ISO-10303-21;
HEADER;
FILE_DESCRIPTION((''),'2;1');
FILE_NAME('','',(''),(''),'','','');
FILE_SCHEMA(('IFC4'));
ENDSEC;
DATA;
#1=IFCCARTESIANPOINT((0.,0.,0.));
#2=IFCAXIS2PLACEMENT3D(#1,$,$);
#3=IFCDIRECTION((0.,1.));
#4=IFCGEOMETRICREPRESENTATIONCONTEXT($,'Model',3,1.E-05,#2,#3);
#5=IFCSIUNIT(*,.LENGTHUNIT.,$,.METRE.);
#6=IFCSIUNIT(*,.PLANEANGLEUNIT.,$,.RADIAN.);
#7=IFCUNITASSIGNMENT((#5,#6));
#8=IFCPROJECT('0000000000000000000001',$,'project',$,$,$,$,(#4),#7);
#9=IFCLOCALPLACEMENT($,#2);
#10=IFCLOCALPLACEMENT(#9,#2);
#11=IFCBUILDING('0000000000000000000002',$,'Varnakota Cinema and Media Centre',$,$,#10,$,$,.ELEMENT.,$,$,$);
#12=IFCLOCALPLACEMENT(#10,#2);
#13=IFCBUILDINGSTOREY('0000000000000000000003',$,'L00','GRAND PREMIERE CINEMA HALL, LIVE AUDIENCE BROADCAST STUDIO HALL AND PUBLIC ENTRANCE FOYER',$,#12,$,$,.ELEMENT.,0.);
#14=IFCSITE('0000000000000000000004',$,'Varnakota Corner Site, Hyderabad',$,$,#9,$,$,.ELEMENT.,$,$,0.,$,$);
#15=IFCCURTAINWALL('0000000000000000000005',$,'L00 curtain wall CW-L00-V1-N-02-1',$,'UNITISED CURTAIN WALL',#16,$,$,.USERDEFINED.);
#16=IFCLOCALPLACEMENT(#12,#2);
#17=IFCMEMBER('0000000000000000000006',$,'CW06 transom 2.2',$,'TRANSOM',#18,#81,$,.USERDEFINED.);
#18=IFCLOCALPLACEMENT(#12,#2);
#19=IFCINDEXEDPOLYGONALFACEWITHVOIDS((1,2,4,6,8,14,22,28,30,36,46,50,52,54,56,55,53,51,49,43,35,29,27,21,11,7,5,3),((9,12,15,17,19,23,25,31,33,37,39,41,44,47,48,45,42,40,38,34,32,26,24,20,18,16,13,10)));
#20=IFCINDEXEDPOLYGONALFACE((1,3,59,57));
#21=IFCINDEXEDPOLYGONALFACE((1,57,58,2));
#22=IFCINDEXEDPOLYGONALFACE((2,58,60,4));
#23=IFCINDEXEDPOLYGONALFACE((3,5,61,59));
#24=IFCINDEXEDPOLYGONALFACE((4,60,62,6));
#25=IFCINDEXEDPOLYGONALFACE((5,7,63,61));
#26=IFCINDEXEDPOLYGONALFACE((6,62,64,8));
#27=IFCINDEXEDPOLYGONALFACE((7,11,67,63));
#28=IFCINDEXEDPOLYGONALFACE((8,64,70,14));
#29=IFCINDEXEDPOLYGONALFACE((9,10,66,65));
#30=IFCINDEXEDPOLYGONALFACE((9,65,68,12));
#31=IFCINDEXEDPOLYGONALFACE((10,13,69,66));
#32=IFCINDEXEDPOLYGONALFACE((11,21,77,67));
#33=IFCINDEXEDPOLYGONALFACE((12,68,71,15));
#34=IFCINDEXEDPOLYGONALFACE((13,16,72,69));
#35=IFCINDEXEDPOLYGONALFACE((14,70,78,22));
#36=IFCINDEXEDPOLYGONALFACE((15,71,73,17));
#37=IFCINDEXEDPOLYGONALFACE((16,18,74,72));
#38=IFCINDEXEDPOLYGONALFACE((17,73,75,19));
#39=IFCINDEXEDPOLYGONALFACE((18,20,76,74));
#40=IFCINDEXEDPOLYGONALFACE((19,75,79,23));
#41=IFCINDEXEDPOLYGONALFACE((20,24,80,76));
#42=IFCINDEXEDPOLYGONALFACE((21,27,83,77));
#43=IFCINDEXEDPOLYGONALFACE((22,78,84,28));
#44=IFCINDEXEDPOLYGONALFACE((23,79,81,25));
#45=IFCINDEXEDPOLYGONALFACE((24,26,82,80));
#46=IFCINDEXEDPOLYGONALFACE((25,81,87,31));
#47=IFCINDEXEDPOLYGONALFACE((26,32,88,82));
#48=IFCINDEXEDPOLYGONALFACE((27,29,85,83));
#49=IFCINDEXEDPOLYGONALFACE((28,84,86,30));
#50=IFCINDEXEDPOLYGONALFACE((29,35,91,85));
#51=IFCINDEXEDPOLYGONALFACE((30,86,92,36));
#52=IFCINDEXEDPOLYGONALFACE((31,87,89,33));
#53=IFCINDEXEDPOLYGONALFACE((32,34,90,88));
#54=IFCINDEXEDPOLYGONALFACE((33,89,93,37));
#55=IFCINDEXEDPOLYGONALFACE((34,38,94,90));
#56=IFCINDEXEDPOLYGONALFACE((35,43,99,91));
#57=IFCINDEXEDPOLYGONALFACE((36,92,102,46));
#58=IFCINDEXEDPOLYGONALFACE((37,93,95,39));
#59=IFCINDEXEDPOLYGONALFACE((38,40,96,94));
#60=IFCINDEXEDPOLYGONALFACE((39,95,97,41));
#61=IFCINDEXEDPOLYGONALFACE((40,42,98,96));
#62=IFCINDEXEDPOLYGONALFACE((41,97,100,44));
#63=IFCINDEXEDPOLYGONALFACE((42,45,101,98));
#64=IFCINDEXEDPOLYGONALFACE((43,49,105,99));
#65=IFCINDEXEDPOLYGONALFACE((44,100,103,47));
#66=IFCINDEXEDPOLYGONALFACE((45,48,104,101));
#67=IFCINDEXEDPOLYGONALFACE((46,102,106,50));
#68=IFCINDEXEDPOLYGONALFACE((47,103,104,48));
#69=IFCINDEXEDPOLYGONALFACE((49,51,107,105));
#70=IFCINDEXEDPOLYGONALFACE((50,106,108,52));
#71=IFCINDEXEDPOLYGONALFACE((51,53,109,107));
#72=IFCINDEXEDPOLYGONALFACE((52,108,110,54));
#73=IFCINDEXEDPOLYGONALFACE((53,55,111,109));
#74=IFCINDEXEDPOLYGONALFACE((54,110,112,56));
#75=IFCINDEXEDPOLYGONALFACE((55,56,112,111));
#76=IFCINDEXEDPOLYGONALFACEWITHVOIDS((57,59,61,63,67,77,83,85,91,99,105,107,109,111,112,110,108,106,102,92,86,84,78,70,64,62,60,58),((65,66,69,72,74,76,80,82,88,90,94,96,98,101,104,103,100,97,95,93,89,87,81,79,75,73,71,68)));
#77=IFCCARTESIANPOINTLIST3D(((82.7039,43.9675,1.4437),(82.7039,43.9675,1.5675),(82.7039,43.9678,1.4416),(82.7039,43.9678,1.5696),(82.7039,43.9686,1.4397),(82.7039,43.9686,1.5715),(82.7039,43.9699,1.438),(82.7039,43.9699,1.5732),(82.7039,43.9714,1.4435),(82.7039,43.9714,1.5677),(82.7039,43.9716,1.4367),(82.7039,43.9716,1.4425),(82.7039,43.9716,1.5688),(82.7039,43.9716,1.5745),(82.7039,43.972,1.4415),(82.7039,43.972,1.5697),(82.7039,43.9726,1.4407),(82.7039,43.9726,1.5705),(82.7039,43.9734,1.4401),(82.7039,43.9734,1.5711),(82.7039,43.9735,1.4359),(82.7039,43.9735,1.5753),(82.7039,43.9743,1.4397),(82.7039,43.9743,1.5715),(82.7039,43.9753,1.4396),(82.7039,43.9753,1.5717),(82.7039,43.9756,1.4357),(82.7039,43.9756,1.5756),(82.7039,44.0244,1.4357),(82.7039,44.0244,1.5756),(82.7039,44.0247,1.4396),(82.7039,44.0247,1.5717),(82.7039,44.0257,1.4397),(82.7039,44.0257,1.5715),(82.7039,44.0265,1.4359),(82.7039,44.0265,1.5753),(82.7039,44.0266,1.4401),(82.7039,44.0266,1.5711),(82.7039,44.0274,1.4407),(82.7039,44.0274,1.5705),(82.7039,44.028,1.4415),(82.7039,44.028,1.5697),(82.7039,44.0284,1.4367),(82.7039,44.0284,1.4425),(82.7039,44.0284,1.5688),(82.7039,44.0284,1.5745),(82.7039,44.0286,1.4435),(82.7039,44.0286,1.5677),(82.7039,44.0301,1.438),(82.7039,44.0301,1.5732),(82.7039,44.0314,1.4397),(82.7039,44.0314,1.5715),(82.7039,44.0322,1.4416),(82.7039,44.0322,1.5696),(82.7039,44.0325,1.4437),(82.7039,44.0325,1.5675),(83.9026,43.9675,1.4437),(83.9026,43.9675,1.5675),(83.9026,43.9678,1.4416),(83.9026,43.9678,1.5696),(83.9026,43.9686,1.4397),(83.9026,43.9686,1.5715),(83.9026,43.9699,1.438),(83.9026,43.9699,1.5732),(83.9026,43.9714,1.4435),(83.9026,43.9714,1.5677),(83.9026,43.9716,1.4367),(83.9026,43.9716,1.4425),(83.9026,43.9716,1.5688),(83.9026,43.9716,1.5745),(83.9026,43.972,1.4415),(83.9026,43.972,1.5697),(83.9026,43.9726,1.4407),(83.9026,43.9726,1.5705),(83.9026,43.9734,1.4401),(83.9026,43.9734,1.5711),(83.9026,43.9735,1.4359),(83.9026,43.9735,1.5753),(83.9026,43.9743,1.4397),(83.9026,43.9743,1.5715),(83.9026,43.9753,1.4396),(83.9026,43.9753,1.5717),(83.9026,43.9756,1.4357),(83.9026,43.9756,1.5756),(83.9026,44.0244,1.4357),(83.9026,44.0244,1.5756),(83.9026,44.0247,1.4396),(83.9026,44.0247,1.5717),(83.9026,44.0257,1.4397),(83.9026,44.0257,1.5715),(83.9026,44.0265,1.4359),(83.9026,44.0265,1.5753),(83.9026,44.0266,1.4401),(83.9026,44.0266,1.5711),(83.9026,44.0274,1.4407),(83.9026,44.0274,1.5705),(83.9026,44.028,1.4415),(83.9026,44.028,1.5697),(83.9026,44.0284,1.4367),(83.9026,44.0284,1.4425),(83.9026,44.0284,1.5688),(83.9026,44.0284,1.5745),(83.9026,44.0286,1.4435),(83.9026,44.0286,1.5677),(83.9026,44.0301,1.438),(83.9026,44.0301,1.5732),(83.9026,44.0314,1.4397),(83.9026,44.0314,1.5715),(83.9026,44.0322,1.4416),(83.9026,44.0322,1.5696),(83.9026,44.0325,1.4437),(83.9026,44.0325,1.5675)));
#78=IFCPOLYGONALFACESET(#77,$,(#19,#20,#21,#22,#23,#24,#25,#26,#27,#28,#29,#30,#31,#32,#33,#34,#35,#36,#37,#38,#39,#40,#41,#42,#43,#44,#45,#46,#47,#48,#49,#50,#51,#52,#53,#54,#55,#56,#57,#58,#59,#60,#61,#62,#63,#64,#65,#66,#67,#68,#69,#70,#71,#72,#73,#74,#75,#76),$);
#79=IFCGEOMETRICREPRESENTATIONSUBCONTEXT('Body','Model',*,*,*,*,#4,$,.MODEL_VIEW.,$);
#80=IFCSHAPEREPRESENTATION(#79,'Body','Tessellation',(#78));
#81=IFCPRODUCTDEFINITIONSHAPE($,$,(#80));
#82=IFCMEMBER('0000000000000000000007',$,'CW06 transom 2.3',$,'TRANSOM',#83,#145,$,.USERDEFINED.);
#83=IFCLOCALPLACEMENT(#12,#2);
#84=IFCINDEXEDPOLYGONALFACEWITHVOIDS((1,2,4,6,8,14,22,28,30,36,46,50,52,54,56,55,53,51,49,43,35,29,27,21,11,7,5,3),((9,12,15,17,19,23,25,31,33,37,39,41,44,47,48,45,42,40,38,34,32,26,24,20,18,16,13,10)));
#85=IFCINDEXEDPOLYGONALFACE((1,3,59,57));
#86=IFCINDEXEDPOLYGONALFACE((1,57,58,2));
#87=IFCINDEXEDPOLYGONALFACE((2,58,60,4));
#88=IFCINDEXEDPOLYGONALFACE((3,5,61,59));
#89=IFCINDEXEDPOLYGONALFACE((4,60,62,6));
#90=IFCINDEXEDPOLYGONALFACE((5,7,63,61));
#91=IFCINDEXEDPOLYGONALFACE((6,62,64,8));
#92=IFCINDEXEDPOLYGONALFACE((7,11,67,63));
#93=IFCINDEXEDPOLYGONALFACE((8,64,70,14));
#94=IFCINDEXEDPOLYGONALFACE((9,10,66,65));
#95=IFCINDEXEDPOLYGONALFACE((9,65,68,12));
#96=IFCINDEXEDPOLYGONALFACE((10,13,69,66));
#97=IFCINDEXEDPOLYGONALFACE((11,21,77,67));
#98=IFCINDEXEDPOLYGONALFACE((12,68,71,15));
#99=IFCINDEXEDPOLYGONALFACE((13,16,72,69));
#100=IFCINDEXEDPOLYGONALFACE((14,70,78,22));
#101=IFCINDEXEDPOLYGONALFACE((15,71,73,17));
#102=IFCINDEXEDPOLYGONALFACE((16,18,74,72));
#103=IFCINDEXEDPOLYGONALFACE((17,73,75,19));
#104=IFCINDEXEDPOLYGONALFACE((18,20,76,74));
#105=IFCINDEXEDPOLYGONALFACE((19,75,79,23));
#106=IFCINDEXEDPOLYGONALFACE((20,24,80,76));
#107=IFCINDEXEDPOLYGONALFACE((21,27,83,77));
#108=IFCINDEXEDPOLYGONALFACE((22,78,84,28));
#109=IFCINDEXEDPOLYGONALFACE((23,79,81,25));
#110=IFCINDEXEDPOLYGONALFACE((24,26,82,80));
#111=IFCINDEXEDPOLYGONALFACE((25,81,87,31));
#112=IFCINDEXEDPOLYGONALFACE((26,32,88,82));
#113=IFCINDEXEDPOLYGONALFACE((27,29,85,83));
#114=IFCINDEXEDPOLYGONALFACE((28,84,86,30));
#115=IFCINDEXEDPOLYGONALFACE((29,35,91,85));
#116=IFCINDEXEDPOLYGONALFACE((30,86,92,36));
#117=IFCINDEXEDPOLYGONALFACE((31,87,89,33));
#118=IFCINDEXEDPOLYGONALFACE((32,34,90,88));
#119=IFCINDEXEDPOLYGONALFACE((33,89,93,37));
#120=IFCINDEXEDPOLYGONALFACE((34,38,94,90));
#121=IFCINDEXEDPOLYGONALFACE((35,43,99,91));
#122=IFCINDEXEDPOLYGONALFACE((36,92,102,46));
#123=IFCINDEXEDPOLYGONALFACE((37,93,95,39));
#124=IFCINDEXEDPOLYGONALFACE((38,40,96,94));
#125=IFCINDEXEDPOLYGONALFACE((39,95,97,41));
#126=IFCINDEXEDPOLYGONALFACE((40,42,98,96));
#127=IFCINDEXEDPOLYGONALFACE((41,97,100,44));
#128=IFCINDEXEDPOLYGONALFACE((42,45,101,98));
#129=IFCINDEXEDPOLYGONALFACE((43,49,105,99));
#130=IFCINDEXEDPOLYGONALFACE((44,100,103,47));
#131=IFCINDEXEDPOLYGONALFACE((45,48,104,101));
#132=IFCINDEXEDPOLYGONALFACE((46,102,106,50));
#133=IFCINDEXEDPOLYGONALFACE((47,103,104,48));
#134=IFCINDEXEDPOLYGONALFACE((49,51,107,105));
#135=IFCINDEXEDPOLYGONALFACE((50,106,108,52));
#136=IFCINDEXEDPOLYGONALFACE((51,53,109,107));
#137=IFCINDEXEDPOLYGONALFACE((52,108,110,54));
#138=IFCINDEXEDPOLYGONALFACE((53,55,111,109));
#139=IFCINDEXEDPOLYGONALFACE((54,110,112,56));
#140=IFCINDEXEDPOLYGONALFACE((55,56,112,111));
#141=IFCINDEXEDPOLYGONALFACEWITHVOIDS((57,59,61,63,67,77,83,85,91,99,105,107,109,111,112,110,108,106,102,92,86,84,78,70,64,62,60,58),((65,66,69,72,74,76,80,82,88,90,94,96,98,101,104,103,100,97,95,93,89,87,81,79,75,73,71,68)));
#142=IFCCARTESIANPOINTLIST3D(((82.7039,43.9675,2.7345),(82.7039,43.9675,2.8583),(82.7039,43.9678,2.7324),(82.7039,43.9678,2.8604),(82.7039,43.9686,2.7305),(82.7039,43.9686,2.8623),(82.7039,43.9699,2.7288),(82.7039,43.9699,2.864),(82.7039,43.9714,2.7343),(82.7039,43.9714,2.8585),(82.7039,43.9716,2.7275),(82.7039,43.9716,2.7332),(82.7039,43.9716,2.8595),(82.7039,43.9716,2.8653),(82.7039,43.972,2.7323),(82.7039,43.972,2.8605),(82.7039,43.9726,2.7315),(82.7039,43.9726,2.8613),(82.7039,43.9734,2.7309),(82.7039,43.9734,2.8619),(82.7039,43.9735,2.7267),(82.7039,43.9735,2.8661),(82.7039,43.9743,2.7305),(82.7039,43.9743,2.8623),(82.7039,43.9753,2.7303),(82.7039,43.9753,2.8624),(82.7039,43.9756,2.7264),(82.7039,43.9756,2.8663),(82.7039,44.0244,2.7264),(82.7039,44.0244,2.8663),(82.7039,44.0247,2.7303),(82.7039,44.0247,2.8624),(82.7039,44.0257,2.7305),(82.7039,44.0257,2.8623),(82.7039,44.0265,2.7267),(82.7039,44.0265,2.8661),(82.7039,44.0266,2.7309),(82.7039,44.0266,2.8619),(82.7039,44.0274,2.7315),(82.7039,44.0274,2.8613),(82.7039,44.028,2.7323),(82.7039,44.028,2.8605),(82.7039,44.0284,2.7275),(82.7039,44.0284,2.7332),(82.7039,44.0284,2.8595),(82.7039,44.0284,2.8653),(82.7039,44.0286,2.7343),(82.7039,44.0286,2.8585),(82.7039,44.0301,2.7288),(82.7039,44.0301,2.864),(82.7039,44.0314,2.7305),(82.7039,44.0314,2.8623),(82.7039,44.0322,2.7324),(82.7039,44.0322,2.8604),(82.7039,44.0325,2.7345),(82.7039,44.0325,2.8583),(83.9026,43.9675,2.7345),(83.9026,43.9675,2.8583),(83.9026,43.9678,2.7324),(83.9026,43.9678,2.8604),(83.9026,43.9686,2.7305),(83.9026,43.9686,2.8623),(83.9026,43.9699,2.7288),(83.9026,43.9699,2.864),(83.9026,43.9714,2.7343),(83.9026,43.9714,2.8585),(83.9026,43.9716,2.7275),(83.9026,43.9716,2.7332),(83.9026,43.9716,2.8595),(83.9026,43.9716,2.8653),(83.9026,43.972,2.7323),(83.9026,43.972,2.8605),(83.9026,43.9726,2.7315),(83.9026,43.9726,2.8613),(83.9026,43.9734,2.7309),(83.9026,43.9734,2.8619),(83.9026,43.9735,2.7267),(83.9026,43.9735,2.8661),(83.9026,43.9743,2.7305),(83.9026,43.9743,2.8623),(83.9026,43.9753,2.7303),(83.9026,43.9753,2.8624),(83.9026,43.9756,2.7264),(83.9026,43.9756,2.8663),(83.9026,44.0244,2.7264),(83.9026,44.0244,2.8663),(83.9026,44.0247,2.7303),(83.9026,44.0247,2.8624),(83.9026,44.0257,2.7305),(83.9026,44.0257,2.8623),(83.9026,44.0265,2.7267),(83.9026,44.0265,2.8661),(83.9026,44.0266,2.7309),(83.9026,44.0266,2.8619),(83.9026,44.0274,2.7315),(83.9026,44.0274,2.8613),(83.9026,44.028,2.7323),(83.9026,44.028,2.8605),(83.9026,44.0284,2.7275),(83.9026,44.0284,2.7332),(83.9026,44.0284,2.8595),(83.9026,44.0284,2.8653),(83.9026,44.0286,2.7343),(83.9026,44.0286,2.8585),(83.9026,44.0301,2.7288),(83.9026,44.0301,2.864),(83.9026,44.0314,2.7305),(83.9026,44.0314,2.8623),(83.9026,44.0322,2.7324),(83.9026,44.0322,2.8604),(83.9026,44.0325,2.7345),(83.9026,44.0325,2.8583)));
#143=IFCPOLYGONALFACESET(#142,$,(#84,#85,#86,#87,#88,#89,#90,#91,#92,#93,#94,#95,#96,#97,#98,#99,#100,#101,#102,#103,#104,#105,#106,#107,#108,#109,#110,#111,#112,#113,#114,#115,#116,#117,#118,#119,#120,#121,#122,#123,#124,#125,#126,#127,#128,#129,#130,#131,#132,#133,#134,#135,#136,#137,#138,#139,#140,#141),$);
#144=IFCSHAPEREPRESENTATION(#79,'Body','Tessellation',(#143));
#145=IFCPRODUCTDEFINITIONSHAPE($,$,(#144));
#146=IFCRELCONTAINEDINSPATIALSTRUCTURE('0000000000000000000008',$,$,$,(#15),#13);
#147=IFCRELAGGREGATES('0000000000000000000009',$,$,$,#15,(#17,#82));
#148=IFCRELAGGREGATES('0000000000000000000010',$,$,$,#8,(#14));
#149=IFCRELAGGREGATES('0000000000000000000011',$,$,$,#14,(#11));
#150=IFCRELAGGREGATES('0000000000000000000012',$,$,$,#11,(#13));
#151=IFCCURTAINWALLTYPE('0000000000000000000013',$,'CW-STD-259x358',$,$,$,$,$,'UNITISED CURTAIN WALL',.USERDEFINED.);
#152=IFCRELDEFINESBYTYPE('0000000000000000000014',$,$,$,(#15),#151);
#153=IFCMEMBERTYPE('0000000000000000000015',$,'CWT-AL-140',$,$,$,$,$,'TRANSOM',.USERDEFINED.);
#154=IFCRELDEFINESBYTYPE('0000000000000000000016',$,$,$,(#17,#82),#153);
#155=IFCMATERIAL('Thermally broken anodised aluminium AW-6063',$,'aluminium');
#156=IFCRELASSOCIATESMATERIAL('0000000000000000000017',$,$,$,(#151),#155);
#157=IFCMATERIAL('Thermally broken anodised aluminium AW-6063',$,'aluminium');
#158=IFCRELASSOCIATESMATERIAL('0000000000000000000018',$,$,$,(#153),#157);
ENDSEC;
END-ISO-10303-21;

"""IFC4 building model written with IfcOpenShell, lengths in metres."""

from ifc_helpers import new_model, si_unit, direction, frame, origin, origin_2d, place, context, subcontext, project, spatial, hollow_rectangle, extrude, material, material_profile, profile_set, type_object, element, aggregate, save


model = new_model("IFC4")

# Units and contexts
model_context = context("Model", 3, precision=1e-05, world=origin(), true_north=direction((0.0, 1.0)))
body_context = subcontext(model_context, "Body", "Model", "MODEL_VIEW")
ifc_project = project(units=[si_unit("LENGTHUNIT", "METRE"), si_unit("PLANEANGLEUNIT", "RADIAN")], contexts=[model_context])

# Site, building, storey
site_placement = place(None, origin())
site = spatial("IfcSite", under=ifc_project, at=site_placement, Name="Varnakota Corner Site, Hyderabad", CompositionType="ELEMENT", RefElevation=0.0)
building_placement = place(site_placement, origin())
building = spatial("IfcBuilding", under=site, at=building_placement, Name="Varnakota Cinema and Media Centre", CompositionType="ELEMENT")
storey_placement = place(building_placement, origin())
storey = spatial("IfcBuildingStorey", under=building, at=storey_placement, Name="L00", Description="GRAND PREMIERE CINEMA HALL, LIVE AUDIENCE BROADCAST STUDIO HALL AND PUBLIC ENTRANCE FOYER", CompositionType="ELEMENT", Elevation=0.0)

# Curtain wall
ifc_material_1 = material(Name="Thermally broken anodised aluminium AW-6063", Category="aluminium")
curtain_wall_type = type_object("IfcCurtainWallType", Name="CW-STD-259x358", ElementType="UNITISED CURTAIN WALL", PredefinedType="USERDEFINED", material=ifc_material_1)
curtain_wall_1_placement = place(storey_placement, origin())
curtain_wall_1 = element("IfcCurtainWall", 1, at=curtain_wall_1_placement, inside=storey, type_object=curtain_wall_type, Name="L00 curtain wall CW-L00-V1-N-02-1", ObjectType="UNITISED CURTAIN WALL", PredefinedType="USERDEFINED")

# Members
ifc_material_2 = material(Name="Thermally broken anodised aluminium AW-6063", Category="aluminium")
ifc_material_profile_1 = material_profile(ifc_material_2, hollow_rectangle(XDim=0.0649, YDim=0.1399, WallThickness=0.0039, InnerFilletRadius=0.0039, OuterFilletRadius=0.0081, at=origin_2d()), Name="AL-TRANSOM 140x65x4")
ifc_profile_set_1 = profile_set([ifc_material_profile_1], Name="Thermally broken anodised aluminium AW-6063")
member_type_1 = type_object("IfcMemberType", Name="CWT-AL-140", ElementType="TRANSOM", PredefinedType="USERDEFINED", material=ifc_profile_set_1)
member_1_placement = place(storey_placement, frame((82.7039, 44.0, 1.5056), z_axis=(1.0, 0.0, 0.0), x_axis=(0.0, 1.0, 0.0)))
member_1 = element("IfcMember", 2, at=member_1_placement, type_object=member_type_1, Name="CW06 transom 2.2", ObjectType="TRANSOM", PredefinedType="USERDEFINED", context=body_context, shape_type="SweptSolid", body=[
    extrude(hollow_rectangle(XDim=0.0649, YDim=0.1399, WallThickness=0.0039, InnerFilletRadius=0.0039, OuterFilletRadius=0.0081, at=origin_2d()), origin(), (0.0, 0.0, 1.0), 1.1987),
])
member_2_placement = place(storey_placement, frame((82.7039, 44.0, 2.7964), z_axis=(1.0, 0.0, 0.0), x_axis=(0.0, 1.0, 0.0)))
member_2 = element("IfcMember", 3, at=member_2_placement, type_object=member_type_1, Name="CW06 transom 2.3", ObjectType="TRANSOM", PredefinedType="USERDEFINED", context=body_context, shape_type="SweptSolid", body=[
    extrude(hollow_rectangle(XDim=0.0649, YDim=0.1399, WallThickness=0.0039, InnerFilletRadius=0.0039, OuterFilletRadius=0.0081, at=origin_2d()), origin(), (0.0, 0.0, 1.0), 1.1987),
])

aggregate(curtain_wall_1, [member_1, member_2])

save(model, "model.ifc")
